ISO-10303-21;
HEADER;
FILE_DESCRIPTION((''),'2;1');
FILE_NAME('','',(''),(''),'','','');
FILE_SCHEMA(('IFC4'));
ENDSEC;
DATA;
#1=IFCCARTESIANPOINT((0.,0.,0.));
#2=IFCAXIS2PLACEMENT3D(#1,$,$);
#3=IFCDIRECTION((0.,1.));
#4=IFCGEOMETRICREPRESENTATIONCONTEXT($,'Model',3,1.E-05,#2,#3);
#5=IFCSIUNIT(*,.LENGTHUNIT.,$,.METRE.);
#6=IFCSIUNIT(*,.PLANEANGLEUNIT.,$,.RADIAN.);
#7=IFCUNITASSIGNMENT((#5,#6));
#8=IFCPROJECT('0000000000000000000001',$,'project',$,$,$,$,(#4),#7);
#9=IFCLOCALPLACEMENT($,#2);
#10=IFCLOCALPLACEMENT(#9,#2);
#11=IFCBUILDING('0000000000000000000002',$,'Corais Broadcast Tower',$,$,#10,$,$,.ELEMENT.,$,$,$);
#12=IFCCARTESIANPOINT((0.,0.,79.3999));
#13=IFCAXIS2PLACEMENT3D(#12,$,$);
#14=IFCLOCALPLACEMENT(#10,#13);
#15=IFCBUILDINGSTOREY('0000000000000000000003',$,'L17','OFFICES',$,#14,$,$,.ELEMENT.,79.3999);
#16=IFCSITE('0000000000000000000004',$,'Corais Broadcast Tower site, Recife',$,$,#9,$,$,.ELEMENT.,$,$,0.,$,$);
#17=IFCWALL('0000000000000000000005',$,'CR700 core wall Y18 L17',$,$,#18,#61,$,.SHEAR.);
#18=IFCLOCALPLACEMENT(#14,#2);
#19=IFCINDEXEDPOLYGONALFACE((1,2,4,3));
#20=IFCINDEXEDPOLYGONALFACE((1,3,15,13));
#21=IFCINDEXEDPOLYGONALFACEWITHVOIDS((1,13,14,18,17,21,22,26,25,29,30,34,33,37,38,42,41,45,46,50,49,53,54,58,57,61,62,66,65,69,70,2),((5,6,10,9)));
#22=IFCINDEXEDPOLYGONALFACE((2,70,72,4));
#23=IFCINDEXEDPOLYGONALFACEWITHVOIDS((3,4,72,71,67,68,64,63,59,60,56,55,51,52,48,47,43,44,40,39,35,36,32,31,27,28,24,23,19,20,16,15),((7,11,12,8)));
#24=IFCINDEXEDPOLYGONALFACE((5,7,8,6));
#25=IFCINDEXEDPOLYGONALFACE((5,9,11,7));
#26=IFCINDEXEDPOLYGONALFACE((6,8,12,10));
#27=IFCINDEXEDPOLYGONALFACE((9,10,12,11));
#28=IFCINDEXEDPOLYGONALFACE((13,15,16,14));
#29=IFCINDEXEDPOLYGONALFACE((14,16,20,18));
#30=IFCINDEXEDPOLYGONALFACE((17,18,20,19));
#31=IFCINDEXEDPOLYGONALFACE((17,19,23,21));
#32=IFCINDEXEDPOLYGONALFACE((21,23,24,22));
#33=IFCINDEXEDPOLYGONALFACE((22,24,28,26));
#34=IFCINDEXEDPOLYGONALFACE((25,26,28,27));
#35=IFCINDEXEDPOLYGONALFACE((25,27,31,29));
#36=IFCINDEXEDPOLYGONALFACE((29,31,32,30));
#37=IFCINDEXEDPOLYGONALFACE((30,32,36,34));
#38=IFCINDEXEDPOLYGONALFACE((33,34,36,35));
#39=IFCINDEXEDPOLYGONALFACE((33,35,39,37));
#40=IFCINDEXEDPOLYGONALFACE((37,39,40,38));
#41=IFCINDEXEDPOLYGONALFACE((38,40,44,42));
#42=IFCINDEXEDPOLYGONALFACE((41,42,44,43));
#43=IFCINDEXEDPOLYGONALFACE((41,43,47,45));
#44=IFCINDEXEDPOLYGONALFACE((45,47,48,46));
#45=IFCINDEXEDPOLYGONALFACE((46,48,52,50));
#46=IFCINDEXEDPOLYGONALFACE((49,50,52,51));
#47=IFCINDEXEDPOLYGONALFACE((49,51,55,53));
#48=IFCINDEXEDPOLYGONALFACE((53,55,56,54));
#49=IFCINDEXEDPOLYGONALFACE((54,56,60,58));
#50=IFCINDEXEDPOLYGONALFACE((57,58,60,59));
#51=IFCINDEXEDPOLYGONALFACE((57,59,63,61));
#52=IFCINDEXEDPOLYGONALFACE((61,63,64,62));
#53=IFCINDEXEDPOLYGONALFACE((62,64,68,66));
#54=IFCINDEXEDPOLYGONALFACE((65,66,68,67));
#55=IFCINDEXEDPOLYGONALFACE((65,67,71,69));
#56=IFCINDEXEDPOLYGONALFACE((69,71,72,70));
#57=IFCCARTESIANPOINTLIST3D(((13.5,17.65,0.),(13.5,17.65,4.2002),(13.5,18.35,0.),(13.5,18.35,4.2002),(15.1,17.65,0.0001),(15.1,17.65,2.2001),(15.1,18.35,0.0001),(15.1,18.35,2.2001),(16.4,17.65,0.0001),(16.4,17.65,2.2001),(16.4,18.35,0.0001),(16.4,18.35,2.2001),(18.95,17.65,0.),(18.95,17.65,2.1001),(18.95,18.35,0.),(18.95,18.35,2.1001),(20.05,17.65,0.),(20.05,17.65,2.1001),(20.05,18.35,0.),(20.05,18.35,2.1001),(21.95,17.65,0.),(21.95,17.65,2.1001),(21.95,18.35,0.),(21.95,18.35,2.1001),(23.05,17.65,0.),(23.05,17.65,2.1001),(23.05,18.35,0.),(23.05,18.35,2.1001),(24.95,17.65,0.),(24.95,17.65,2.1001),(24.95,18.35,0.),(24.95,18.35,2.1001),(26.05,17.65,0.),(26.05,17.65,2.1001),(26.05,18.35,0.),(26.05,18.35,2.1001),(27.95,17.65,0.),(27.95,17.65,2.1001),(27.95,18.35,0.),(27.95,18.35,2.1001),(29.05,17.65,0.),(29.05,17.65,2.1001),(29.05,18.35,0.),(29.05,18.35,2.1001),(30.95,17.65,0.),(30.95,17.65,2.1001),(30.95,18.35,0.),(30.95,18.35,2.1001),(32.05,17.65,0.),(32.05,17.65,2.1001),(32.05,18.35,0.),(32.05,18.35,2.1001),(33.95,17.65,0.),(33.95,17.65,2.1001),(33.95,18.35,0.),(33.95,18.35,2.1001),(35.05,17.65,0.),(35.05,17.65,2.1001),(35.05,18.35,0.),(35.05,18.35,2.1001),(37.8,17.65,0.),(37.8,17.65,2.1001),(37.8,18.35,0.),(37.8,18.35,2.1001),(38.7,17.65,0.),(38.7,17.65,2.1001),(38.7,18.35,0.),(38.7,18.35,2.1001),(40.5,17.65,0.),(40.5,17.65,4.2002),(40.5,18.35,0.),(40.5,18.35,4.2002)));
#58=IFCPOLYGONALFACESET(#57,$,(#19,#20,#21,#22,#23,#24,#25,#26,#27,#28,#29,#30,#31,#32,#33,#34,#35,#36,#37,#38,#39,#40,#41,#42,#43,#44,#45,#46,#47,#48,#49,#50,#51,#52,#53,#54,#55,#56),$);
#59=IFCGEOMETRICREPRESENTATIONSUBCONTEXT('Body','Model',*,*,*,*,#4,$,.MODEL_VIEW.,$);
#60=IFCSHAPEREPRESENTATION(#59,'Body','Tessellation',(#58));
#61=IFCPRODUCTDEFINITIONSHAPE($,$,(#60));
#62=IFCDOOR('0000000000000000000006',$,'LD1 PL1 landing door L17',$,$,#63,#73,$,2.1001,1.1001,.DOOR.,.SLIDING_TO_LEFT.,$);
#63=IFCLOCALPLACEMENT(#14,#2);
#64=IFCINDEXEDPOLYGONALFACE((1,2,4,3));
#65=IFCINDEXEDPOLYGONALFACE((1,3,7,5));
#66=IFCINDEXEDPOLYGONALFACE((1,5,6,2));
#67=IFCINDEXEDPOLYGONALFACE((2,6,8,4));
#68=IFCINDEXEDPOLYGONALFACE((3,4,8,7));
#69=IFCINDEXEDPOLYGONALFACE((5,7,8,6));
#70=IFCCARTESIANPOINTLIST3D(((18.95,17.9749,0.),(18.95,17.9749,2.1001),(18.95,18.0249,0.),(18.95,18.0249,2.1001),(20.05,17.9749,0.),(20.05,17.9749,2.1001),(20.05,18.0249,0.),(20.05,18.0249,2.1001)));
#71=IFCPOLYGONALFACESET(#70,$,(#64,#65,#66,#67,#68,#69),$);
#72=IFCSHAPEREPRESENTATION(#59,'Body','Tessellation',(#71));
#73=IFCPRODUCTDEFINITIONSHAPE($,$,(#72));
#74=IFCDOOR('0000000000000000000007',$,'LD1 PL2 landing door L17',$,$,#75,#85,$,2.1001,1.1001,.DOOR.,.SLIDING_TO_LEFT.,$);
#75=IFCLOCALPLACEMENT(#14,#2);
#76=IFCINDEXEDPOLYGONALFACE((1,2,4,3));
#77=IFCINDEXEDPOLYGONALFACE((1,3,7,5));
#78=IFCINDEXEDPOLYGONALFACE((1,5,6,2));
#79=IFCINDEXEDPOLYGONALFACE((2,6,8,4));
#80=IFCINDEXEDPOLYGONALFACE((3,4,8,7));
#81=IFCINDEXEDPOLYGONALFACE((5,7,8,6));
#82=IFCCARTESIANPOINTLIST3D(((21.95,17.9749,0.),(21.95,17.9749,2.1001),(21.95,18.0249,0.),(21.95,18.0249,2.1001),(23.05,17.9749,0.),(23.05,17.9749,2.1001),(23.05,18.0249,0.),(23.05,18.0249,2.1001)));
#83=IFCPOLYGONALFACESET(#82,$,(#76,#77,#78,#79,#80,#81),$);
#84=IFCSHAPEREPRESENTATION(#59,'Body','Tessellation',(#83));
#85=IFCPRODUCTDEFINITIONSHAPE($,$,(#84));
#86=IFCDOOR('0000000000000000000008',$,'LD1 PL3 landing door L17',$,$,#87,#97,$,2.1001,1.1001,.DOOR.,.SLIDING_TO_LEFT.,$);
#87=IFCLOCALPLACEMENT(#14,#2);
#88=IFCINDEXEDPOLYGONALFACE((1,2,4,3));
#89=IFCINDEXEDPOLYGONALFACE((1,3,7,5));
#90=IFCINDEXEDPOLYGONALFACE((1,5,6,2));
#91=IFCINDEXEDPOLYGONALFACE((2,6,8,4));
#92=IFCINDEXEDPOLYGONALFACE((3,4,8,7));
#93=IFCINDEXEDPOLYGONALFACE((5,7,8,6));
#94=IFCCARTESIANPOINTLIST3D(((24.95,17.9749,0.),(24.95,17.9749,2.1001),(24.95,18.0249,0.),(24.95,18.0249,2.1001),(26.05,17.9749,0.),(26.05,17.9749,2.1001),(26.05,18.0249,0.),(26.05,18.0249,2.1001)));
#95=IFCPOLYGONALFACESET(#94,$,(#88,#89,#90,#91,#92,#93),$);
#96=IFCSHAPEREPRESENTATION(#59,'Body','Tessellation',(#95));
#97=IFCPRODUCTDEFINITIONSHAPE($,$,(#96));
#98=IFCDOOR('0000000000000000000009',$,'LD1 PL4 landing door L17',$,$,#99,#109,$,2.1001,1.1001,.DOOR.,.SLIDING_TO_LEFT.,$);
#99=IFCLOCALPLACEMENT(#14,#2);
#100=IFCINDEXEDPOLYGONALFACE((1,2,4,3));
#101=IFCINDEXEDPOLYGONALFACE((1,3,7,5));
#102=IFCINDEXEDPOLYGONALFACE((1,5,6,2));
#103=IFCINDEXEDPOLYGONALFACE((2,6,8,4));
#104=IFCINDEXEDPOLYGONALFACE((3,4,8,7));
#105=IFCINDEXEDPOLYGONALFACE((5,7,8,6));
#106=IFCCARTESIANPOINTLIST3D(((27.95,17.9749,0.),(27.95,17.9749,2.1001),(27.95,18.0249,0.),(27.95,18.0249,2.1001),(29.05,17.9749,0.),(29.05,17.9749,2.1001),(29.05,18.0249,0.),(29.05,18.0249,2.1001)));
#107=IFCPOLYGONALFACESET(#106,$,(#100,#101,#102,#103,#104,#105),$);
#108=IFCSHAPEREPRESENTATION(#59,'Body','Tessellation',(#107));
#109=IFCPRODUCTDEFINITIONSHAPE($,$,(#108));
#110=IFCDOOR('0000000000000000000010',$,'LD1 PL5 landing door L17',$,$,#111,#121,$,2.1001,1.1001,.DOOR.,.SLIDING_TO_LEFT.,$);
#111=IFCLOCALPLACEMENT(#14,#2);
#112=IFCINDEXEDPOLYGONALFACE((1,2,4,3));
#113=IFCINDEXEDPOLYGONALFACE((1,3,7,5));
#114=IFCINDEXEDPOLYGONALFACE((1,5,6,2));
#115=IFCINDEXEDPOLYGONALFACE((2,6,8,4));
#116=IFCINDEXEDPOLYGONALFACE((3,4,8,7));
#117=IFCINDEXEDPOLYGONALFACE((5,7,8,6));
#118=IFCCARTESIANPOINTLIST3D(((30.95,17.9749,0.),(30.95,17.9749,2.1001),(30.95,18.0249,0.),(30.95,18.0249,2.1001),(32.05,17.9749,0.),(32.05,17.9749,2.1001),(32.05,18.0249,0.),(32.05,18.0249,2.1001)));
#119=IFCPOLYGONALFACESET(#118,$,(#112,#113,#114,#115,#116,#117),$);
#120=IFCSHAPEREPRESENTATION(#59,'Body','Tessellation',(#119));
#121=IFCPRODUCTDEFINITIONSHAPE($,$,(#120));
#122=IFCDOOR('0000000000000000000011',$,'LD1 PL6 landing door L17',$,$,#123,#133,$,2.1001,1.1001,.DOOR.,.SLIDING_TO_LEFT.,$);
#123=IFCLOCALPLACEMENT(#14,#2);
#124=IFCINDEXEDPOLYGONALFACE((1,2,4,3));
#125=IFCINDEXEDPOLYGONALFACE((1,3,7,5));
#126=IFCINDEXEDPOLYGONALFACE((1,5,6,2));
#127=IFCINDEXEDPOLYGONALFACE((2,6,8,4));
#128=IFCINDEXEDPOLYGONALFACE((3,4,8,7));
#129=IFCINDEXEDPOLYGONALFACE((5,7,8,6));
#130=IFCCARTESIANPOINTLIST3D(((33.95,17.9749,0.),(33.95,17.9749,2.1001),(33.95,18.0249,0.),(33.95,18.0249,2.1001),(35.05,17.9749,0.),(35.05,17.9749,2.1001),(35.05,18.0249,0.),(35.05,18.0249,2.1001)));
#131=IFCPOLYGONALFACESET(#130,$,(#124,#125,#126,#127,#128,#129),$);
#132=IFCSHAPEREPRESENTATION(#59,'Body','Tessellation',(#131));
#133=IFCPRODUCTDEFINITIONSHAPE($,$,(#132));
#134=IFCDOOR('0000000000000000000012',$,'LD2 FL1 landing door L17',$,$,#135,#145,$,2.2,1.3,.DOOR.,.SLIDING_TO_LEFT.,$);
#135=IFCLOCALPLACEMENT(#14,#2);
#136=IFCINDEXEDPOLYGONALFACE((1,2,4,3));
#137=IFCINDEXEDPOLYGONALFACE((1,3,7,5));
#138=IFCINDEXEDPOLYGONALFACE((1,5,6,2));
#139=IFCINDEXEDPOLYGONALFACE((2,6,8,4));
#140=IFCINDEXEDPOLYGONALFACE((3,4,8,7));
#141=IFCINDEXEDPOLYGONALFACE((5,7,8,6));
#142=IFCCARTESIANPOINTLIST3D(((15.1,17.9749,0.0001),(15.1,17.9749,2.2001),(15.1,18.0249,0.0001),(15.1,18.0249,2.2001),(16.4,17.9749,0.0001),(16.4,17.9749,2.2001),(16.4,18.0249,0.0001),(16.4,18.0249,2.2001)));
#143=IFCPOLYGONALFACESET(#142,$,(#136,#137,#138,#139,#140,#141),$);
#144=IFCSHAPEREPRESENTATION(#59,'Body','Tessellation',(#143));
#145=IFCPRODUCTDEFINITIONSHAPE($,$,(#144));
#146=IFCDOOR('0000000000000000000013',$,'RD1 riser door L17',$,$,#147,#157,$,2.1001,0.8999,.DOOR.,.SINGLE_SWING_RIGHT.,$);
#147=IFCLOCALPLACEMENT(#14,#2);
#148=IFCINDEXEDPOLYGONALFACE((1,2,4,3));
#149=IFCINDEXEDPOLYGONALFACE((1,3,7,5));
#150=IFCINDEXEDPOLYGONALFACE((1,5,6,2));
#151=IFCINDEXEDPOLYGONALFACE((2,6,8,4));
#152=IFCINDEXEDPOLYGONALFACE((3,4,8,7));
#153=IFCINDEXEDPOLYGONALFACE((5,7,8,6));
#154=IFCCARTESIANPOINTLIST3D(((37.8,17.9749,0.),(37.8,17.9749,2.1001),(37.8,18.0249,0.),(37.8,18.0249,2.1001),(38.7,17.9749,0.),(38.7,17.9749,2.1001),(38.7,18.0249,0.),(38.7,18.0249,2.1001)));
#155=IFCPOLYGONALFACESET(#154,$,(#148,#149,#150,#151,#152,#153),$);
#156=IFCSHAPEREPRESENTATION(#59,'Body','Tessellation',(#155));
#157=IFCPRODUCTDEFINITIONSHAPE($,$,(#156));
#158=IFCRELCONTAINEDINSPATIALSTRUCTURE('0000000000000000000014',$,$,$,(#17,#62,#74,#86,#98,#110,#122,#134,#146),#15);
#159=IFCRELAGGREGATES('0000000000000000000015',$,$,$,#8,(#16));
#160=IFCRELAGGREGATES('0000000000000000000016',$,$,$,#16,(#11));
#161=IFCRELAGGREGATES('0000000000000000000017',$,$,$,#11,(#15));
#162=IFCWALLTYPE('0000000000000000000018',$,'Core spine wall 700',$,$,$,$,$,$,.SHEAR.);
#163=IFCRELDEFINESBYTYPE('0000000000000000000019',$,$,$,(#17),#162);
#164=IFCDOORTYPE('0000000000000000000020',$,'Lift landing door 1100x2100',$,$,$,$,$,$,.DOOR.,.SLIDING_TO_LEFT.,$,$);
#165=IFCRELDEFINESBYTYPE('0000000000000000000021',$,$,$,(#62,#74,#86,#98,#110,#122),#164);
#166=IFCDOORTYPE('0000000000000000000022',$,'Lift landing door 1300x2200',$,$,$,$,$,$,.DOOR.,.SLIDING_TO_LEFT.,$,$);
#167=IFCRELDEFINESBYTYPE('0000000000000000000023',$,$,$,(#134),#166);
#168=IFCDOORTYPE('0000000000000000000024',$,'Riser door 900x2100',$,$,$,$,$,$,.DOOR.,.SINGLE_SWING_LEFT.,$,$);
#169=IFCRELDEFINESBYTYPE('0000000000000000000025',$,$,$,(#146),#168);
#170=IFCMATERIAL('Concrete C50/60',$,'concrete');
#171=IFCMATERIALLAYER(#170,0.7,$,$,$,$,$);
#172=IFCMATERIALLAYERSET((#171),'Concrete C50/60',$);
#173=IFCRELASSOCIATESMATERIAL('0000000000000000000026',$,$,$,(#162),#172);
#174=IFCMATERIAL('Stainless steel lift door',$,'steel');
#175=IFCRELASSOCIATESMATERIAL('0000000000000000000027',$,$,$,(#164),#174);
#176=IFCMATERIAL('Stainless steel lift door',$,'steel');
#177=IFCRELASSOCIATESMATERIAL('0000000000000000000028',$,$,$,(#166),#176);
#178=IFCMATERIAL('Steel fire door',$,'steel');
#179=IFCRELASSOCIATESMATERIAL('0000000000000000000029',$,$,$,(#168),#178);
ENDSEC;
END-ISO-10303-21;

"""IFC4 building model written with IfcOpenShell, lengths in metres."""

from ifc_helpers import new_model, si_unit, direction, frame, frame_2d, origin, place, context, subcontext, project, spatial, rectangle, extrude, material, layer, layer_set, type_object, element, fill, save


model = new_model("IFC4")

# Units and contexts
model_context = context("Model", 3, precision=1e-05, world=origin(), true_north=direction((0.0, 1.0)))
body_context = subcontext(model_context, "Body", "Model", "MODEL_VIEW")
ifc_project = project(units=[si_unit("LENGTHUNIT", "METRE"), si_unit("PLANEANGLEUNIT", "RADIAN")], contexts=[model_context])

# Site, building, storey
site_placement = place(None, origin())
site = spatial("IfcSite", under=ifc_project, at=site_placement, Name="Corais Broadcast Tower site, Recife", CompositionType="ELEMENT", RefElevation=0.0)
building_placement = place(site_placement, origin())
building = spatial("IfcBuilding", under=site, at=building_placement, Name="Corais Broadcast Tower", CompositionType="ELEMENT")
storey_placement = place(building_placement, frame((0.0, 0.0, 79.3999)))
storey = spatial("IfcBuildingStorey", under=building, at=storey_placement, Name="L17", Description="OFFICES", CompositionType="ELEMENT", Elevation=79.3999)

# Shared definitions
ifc_material_1 = material(Name="Concrete C50/60", Category="concrete")
ifc_layer_1 = layer(ifc_material_1, 0.7)
ifc_layer_set_1 = layer_set([ifc_layer_1], Name="Concrete C50/60")
wall_type_1 = type_object("IfcWallType", Name="Core spine wall 700", PredefinedType="SHEAR", material=ifc_layer_set_1)

# Wall, openings, doors
wall_1_placement = place(storey_placement, frame((13.5, 18.0, 0.0), z_axis=(0.0, 0.0, 1.0), x_axis=(1.0, 0.0, 0.0)))
wall_1 = element("IfcWall", 1, at=wall_1_placement, inside=storey, type_object=wall_type_1, Name="CR700 core wall Y18 L17", PredefinedType="SHEAR", context=body_context, shape_type="SweptSolid", body=[
    extrude(rectangle(XDim=27.0, YDim=0.7, at=frame_2d((13.5, 0.0))), origin(), (0.0, 0.0, 1.0), 4.2002),
])
opening_1_placement = place(wall_1_placement, frame((24.3, 0.0, 0.0)))
opening_1 = element("IfcOpeningElement", 2, at=opening_1_placement, cuts=wall_1, PredefinedType="OPENING", context=body_context, shape_type="SweptSolid", body=[
    extrude(rectangle(XDim=0.8999, YDim=2.1001, at=frame_2d((0.45, 1.05))), frame((0.0, 0.3599, 0.0), z_axis=(0.0, -1.0, 0.0), x_axis=(1.0, 0.0, 0.0)), (0.0, 0.0, 1.0), 0.72),
])
opening_2_placement = place(wall_1_placement, frame((5.45, 0.0, 0.0)))
opening_2 = element("IfcOpeningElement", 3, at=opening_2_placement, cuts=wall_1, PredefinedType="OPENING", context=body_context, shape_type="SweptSolid", body=[
    extrude(rectangle(XDim=1.1001, YDim=2.1001, at=frame_2d((0.55, 1.05))), frame((0.0, 0.3599, 0.0), z_axis=(0.0, -1.0, 0.0), x_axis=(1.0, 0.0, 0.0)), (0.0, 0.0, 1.0), 0.72),
])
opening_3_placement = place(wall_1_placement, frame((8.45, 0.0, 0.0)))
opening_3 = element("IfcOpeningElement", 4, at=opening_3_placement, cuts=wall_1, PredefinedType="OPENING", context=body_context, shape_type="SweptSolid", body=[
    extrude(rectangle(XDim=1.1001, YDim=2.1001, at=frame_2d((0.55, 1.05))), frame((0.0, 0.3599, 0.0), z_axis=(0.0, -1.0, 0.0), x_axis=(1.0, 0.0, 0.0)), (0.0, 0.0, 1.0), 0.72),
])
opening_4_placement = place(wall_1_placement, frame((11.45, 0.0, 0.0)))
opening_4 = element("IfcOpeningElement", 5, at=opening_4_placement, cuts=wall_1, PredefinedType="OPENING", context=body_context, shape_type="SweptSolid", body=[
    extrude(rectangle(XDim=1.1001, YDim=2.1001, at=frame_2d((0.55, 1.05))), frame((0.0, 0.3599, 0.0), z_axis=(0.0, -1.0, 0.0), x_axis=(1.0, 0.0, 0.0)), (0.0, 0.0, 1.0), 0.72),
])
opening_5_placement = place(wall_1_placement, frame((14.45, 0.0, 0.0)))
opening_5 = element("IfcOpeningElement", 6, at=opening_5_placement, cuts=wall_1, PredefinedType="OPENING", context=body_context, shape_type="SweptSolid", body=[
    extrude(rectangle(XDim=1.1001, YDim=2.1001, at=frame_2d((0.55, 1.05))), frame((0.0, 0.3599, 0.0), z_axis=(0.0, -1.0, 0.0), x_axis=(1.0, 0.0, 0.0)), (0.0, 0.0, 1.0), 0.72),
])
opening_6_placement = place(wall_1_placement, frame((17.45, 0.0, 0.0)))
opening_6 = element("IfcOpeningElement", 7, at=opening_6_placement, cuts=wall_1, PredefinedType="OPENING", context=body_context, shape_type="SweptSolid", body=[
    extrude(rectangle(XDim=1.1001, YDim=2.1001, at=frame_2d((0.55, 1.05))), frame((0.0, 0.3599, 0.0), z_axis=(0.0, -1.0, 0.0), x_axis=(1.0, 0.0, 0.0)), (0.0, 0.0, 1.0), 0.72),
])
opening_7_placement = place(wall_1_placement, frame((20.45, 0.0, 0.0)))
opening_7 = element("IfcOpeningElement", 8, at=opening_7_placement, cuts=wall_1, PredefinedType="OPENING", context=body_context, shape_type="SweptSolid", body=[
    extrude(rectangle(XDim=1.1001, YDim=2.1001, at=frame_2d((0.55, 1.05))), frame((0.0, 0.3599, 0.0), z_axis=(0.0, -1.0, 0.0), x_axis=(1.0, 0.0, 0.0)), (0.0, 0.0, 1.0), 0.72),
])
opening_8_placement = place(wall_1_placement, frame((1.6001, 0.0, 0.0)))
opening_8 = element("IfcOpeningElement", 9, at=opening_8_placement, cuts=wall_1, PredefinedType="OPENING", context=body_context, shape_type="SweptSolid", body=[
    extrude(rectangle(XDim=1.3, YDim=2.2, at=frame_2d((0.6499, 1.1001))), frame((0.0, 0.3599, 0.0), z_axis=(0.0, -1.0, 0.0), x_axis=(1.0, 0.0, 0.0)), (0.0, 0.0, 1.0), 0.72),
])
ifc_material_2 = material(Name="Stainless steel lift door", Category="steel")
door_type_1 = type_object("IfcDoorType", Name="Lift landing door 1100x2100", OperationType="SLIDING_TO_LEFT", PredefinedType="DOOR", material=ifc_material_2)
door_1_placement = place(opening_2_placement, origin())
door_1 = element("IfcDoor", 10, at=door_1_placement, inside=storey, type_object=door_type_1, Name="LD1 PL1 landing door L17", OperationType="SLIDING_TO_LEFT", OverallHeight=2.1001, OverallWidth=1.1001, PredefinedType="DOOR", context=body_context, shape_type="SweptSolid", body=[
    extrude(rectangle(XDim=1.1001, YDim=2.1001, at=frame_2d((0.55, 1.05))), frame((0.0, 0.0249, 0.0), z_axis=(0.0, -1.0, 0.0), x_axis=(1.0, 0.0, 0.0)), (0.0, 0.0, 1.0), 0.05),
])
fill(opening_2, door_1)
door_2_placement = place(opening_3_placement, origin())
door_2 = element("IfcDoor", 11, at=door_2_placement, inside=storey, type_object=door_type_1, Name="LD1 PL2 landing door L17", OperationType="SLIDING_TO_LEFT", OverallHeight=2.1001, OverallWidth=1.1001, PredefinedType="DOOR", context=body_context, shape_type="SweptSolid", body=[
    extrude(rectangle(XDim=1.1001, YDim=2.1001, at=frame_2d((0.55, 1.05))), frame((0.0, 0.0249, 0.0), z_axis=(0.0, -1.0, 0.0), x_axis=(1.0, 0.0, 0.0)), (0.0, 0.0, 1.0), 0.05),
])
fill(opening_3, door_2)
door_3_placement = place(opening_4_placement, origin())
door_3 = element("IfcDoor", 12, at=door_3_placement, inside=storey, type_object=door_type_1, Name="LD1 PL3 landing door L17", OperationType="SLIDING_TO_LEFT", OverallHeight=2.1001, OverallWidth=1.1001, PredefinedType="DOOR", context=body_context, shape_type="SweptSolid", body=[
    extrude(rectangle(XDim=1.1001, YDim=2.1001, at=frame_2d((0.55, 1.05))), frame((0.0, 0.0249, 0.0), z_axis=(0.0, -1.0, 0.0), x_axis=(1.0, 0.0, 0.0)), (0.0, 0.0, 1.0), 0.05),
])
fill(opening_4, door_3)
door_4_placement = place(opening_5_placement, origin())
door_4 = element("IfcDoor", 13, at=door_4_placement, inside=storey, type_object=door_type_1, Name="LD1 PL4 landing door L17", OperationType="SLIDING_TO_LEFT", OverallHeight=2.1001, OverallWidth=1.1001, PredefinedType="DOOR", context=body_context, shape_type="SweptSolid", body=[
    extrude(rectangle(XDim=1.1001, YDim=2.1001, at=frame_2d((0.55, 1.05))), frame((0.0, 0.0249, 0.0), z_axis=(0.0, -1.0, 0.0), x_axis=(1.0, 0.0, 0.0)), (0.0, 0.0, 1.0), 0.05),
])
fill(opening_5, door_4)
door_5_placement = place(opening_6_placement, origin())
door_5 = element("IfcDoor", 14, at=door_5_placement, inside=storey, type_object=door_type_1, Name="LD1 PL5 landing door L17", OperationType="SLIDING_TO_LEFT", OverallHeight=2.1001, OverallWidth=1.1001, PredefinedType="DOOR", context=body_context, shape_type="SweptSolid", body=[
    extrude(rectangle(XDim=1.1001, YDim=2.1001, at=frame_2d((0.55, 1.05))), frame((0.0, 0.0249, 0.0), z_axis=(0.0, -1.0, 0.0), x_axis=(1.0, 0.0, 0.0)), (0.0, 0.0, 1.0), 0.05),
])
fill(opening_6, door_5)
door_6_placement = place(opening_7_placement, origin())
door_6 = element("IfcDoor", 15, at=door_6_placement, inside=storey, type_object=door_type_1, Name="LD1 PL6 landing door L17", OperationType="SLIDING_TO_LEFT", OverallHeight=2.1001, OverallWidth=1.1001, PredefinedType="DOOR", context=body_context, shape_type="SweptSolid", body=[
    extrude(rectangle(XDim=1.1001, YDim=2.1001, at=frame_2d((0.55, 1.05))), frame((0.0, 0.0249, 0.0), z_axis=(0.0, -1.0, 0.0), x_axis=(1.0, 0.0, 0.0)), (0.0, 0.0, 1.0), 0.05),
])
fill(opening_7, door_6)
ifc_material_3 = material(Name="Stainless steel lift door", Category="steel")
door_type_2 = type_object("IfcDoorType", Name="Lift landing door 1300x2200", OperationType="SLIDING_TO_LEFT", PredefinedType="DOOR", material=ifc_material_3)
door_7_placement = place(opening_8_placement, origin())
door_7 = element("IfcDoor", 16, at=door_7_placement, inside=storey, type_object=door_type_2, Name="LD2 FL1 landing door L17", OperationType="SLIDING_TO_LEFT", OverallHeight=2.2, OverallWidth=1.3, PredefinedType="DOOR", context=body_context, shape_type="SweptSolid", body=[
    extrude(rectangle(XDim=1.3, YDim=2.2, at=frame_2d((0.6499, 1.1001))), frame((0.0, 0.0249, 0.0), z_axis=(0.0, -1.0, 0.0), x_axis=(1.0, 0.0, 0.0)), (0.0, 0.0, 1.0), 0.05),
])
fill(opening_8, door_7)
ifc_material_4 = material(Name="Steel fire door", Category="steel")
door_type_3 = type_object("IfcDoorType", Name="Riser door 900x2100", OperationType="SINGLE_SWING_LEFT", PredefinedType="DOOR", material=ifc_material_4)
door_8_placement = place(opening_1_placement, origin())
door_8 = element("IfcDoor", 17, at=door_8_placement, inside=storey, type_object=door_type_3, Name="RD1 riser door L17", OperationType="SINGLE_SWING_RIGHT", OverallHeight=2.1001, OverallWidth=0.8999, PredefinedType="DOOR", context=body_context, shape_type="SweptSolid", body=[
    extrude(rectangle(XDim=0.8999, YDim=2.1001, at=frame_2d((0.45, 1.05))), frame((0.0, 0.0249, 0.0), z_axis=(0.0, -1.0, 0.0), x_axis=(1.0, 0.0, 0.0)), (0.0, 0.0, 1.0), 0.05),
])
fill(opening_1, door_8)

save(model, "model.ifc")
